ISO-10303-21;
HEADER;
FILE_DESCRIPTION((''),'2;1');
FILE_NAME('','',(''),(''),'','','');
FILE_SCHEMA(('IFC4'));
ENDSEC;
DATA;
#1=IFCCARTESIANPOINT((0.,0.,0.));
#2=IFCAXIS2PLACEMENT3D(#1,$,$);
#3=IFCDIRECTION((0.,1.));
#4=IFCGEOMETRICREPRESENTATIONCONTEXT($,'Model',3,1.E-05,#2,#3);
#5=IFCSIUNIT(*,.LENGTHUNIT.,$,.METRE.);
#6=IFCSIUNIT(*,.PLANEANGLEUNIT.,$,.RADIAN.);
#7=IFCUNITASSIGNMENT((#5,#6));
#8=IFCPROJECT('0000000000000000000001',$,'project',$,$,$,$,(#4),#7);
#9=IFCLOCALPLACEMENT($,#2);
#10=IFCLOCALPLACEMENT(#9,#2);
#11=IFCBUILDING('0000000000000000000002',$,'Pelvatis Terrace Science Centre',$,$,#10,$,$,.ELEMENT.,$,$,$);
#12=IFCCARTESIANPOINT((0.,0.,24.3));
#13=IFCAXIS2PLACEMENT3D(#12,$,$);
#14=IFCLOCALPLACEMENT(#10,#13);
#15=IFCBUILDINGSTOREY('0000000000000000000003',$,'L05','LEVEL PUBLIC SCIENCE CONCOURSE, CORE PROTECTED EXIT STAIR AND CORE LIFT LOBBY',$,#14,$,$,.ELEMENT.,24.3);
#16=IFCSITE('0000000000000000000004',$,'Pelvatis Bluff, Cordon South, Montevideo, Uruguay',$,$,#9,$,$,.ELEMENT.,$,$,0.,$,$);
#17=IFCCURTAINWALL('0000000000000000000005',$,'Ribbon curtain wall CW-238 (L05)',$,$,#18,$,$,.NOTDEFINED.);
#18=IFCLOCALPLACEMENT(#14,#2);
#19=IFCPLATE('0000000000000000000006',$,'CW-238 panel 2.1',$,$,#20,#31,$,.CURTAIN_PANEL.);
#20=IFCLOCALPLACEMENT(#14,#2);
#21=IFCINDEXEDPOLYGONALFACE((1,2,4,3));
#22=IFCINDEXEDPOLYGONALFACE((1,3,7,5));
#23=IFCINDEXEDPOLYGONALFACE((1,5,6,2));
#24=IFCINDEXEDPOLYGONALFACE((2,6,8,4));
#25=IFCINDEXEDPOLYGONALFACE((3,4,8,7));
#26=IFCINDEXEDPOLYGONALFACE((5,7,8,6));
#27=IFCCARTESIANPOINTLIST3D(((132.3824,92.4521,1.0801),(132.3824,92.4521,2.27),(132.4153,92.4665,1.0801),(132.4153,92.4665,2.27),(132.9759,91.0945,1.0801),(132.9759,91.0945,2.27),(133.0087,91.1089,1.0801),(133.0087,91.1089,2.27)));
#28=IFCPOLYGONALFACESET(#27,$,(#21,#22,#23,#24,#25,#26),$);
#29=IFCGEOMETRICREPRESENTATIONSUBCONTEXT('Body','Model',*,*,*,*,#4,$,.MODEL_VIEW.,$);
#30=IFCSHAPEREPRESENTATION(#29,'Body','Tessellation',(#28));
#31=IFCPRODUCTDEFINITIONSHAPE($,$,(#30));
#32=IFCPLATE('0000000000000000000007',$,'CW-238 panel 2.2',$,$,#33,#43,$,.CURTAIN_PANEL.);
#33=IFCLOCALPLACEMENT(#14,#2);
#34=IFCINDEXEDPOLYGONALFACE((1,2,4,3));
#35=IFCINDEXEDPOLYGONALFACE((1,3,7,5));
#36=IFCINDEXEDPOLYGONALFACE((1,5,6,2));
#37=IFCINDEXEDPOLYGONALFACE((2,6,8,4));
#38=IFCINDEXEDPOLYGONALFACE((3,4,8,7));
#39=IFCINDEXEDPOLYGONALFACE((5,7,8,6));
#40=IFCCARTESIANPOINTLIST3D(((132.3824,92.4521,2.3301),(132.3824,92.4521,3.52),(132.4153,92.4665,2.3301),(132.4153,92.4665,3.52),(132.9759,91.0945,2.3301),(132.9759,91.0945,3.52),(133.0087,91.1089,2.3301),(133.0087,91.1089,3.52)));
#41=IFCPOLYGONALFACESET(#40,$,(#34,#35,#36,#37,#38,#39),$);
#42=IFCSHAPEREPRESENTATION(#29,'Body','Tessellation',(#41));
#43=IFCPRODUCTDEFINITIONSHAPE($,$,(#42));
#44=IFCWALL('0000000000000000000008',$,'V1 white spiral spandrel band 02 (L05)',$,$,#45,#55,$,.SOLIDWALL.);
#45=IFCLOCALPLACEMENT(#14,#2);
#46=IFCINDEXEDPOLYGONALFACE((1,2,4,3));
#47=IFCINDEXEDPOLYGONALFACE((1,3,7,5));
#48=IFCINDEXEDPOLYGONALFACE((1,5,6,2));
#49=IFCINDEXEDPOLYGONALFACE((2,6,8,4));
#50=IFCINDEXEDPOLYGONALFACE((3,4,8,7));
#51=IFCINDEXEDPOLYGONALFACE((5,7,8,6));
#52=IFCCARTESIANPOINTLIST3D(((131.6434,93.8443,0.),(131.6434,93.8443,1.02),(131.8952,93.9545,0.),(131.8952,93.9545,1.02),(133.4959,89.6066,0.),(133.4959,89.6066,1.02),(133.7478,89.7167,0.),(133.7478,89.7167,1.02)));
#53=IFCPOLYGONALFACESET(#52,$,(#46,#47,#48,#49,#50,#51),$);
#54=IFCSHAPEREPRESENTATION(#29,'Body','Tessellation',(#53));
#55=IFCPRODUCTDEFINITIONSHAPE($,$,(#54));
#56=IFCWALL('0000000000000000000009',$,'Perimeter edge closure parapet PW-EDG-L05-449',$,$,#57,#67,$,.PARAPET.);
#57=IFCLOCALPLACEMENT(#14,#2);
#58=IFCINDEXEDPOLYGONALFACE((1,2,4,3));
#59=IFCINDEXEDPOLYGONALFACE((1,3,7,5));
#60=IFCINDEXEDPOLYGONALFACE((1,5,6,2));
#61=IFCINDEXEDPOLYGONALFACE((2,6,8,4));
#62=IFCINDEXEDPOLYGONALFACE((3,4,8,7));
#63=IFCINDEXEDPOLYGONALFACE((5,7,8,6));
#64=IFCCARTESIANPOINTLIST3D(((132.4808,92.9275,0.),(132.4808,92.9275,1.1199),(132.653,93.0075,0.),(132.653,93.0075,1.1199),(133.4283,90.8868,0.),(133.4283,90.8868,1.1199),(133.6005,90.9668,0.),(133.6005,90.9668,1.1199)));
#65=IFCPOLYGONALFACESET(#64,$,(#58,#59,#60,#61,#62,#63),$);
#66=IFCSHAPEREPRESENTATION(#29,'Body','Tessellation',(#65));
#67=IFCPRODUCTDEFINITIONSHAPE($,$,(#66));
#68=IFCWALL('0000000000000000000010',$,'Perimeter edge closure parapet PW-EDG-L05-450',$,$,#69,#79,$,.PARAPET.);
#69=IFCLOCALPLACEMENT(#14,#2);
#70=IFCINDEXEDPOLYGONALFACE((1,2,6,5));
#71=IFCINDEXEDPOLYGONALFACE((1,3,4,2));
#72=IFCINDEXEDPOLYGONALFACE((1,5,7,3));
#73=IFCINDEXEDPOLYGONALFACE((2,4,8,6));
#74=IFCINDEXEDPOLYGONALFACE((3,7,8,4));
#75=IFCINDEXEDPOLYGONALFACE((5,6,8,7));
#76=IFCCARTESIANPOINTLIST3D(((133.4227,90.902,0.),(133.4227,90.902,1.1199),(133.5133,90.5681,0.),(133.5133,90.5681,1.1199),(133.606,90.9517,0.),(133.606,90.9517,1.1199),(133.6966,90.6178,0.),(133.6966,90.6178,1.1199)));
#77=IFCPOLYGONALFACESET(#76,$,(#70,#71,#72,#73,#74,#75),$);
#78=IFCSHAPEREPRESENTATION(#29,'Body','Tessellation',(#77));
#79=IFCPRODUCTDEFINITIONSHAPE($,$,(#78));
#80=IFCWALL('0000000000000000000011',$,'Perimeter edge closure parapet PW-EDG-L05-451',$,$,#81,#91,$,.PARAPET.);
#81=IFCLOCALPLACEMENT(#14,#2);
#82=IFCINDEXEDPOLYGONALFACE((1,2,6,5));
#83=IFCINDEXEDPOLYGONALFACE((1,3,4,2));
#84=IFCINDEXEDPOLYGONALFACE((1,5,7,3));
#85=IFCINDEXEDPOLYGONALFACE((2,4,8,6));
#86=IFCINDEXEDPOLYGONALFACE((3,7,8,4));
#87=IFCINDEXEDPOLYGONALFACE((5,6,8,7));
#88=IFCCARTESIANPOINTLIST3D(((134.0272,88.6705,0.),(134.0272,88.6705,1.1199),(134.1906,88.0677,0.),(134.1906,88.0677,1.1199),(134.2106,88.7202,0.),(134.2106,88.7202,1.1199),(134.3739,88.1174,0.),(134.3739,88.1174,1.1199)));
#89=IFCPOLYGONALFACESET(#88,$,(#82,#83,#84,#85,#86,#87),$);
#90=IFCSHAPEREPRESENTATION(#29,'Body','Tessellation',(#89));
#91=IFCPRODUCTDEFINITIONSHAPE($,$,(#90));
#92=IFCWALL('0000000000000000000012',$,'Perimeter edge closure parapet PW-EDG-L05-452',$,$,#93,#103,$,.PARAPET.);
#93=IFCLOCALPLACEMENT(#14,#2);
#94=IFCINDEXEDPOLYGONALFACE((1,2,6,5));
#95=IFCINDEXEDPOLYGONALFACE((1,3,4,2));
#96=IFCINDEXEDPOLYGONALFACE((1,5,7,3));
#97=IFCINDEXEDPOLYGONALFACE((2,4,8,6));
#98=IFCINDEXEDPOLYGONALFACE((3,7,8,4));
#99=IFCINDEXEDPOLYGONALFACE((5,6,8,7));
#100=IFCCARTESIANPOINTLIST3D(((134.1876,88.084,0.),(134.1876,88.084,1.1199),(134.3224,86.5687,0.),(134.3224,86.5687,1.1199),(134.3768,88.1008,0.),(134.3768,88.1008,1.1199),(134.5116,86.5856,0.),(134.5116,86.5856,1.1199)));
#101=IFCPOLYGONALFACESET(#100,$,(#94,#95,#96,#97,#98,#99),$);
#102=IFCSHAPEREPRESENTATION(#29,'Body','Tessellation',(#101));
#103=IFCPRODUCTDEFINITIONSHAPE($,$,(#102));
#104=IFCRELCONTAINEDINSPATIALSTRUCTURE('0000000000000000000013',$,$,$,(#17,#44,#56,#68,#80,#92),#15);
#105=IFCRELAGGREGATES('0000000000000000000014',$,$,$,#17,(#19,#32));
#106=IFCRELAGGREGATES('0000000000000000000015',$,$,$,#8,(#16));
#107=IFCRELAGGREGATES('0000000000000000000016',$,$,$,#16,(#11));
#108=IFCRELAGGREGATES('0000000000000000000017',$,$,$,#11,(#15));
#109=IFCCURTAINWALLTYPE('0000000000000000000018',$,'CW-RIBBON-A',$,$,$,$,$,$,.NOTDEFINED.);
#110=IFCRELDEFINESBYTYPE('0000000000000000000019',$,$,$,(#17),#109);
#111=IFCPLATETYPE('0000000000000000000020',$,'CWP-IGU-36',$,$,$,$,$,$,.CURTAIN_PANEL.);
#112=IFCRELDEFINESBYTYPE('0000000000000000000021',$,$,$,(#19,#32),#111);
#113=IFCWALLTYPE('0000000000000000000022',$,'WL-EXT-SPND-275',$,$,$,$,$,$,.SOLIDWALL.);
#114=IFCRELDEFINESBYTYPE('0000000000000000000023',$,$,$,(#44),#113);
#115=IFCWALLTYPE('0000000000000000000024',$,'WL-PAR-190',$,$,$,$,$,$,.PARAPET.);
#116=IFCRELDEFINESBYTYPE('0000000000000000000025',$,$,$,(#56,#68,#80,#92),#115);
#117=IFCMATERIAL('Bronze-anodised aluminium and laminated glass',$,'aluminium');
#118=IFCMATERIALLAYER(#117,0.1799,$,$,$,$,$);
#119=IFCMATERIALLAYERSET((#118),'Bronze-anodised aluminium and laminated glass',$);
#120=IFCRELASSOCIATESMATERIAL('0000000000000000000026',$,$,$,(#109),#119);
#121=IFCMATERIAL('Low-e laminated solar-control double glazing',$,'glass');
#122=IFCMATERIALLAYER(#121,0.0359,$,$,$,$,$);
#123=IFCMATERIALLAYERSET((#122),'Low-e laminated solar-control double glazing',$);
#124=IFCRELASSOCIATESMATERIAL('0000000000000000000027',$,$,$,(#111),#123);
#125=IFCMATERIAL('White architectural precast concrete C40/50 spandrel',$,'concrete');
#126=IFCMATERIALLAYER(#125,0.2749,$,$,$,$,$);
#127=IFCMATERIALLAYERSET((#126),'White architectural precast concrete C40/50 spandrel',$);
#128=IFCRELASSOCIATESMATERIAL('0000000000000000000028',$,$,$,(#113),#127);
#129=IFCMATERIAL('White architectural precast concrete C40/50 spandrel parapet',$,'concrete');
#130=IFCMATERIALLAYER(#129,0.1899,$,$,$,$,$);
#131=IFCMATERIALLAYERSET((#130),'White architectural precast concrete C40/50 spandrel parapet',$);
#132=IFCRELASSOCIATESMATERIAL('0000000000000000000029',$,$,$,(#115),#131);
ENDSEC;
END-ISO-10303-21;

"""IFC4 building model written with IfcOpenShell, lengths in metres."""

from ifc_helpers import new_model, si_unit, direction, frame, frame_2d, origin, origin_2d, place, context, subcontext, project, spatial, rectangle, extrude, material, layer, layer_set, type_object, element, aggregate, save


model = new_model("IFC4")

# Units and contexts
model_context = context("Model", 3, precision=1e-05, world=origin(), true_north=direction((0.0, 1.0)))
body_context = subcontext(model_context, "Body", "Model", "MODEL_VIEW")
ifc_project = project(units=[si_unit("LENGTHUNIT", "METRE"), si_unit("PLANEANGLEUNIT", "RADIAN")], contexts=[model_context])

# Site, building, storey
site_placement = place(None, origin())
site = spatial("IfcSite", under=ifc_project, at=site_placement, Name="Pelvatis Bluff, Cordon South, Montevideo, Uruguay", CompositionType="ELEMENT", RefElevation=0.0)
building_placement = place(site_placement, origin())
building = spatial("IfcBuilding", under=site, at=building_placement, Name="Pelvatis Terrace Science Centre", CompositionType="ELEMENT")
storey_placement = place(building_placement, frame((0.0, 0.0, 24.3)))
storey = spatial("IfcBuildingStorey", under=building, at=storey_placement, Name="L05", Description="LEVEL PUBLIC SCIENCE CONCOURSE, CORE PROTECTED EXIT STAIR AND CORE LIFT LOBBY", CompositionType="ELEMENT", Elevation=24.3)

# Curtain wall
ifc_material_1 = material(Name="Bronze-anodised aluminium and laminated glass", Category="aluminium")
ifc_layer_1 = layer(ifc_material_1, 0.1799)
ifc_layer_set_1 = layer_set([ifc_layer_1], Name="Bronze-anodised aluminium and laminated glass")
curtain_wall_type = type_object("IfcCurtainWallType", Name="CW-RIBBON-A", PredefinedType="NOTDEFINED", material=ifc_layer_set_1)
curtain_wall_1_placement = place(storey_placement, origin())
curtain_wall_1 = element("IfcCurtainWall", 1, at=curtain_wall_1_placement, inside=storey, type_object=curtain_wall_type, Name="Ribbon curtain wall CW-238 (L05)", PredefinedType="NOTDEFINED")

# Plates
ifc_material_2 = material(Name="Low-e laminated solar-control double glazing", Category="glass")
ifc_layer_2 = layer(ifc_material_2, 0.0359)
ifc_layer_set_2 = layer_set([ifc_layer_2], Name="Low-e laminated solar-control double glazing")
plate_type = type_object("IfcPlateType", Name="CWP-IGU-36", PredefinedType="CURTAIN_PANEL", material=ifc_layer_set_2)
plate_1_placement = place(storey_placement, frame((132.6956, 91.7805, 1.0801), z_axis=(0.0, 0.0, 1.0), x_axis=(-0.40055, 0.916275, 0.0)))
plate_1 = element("IfcPlate", 2, at=plate_1_placement, type_object=plate_type, Name="CW-238 panel 2.1", PredefinedType="CURTAIN_PANEL", context=body_context, shape_type="SweptSolid", body=[
    extrude(rectangle(XDim=1.4817, YDim=0.0359, at=origin_2d()), origin(), (0.0, 0.0, 1.0), 1.1899),
])
plate_2_placement = place(storey_placement, frame((132.6956, 91.7805, 2.3301), z_axis=(0.0, 0.0, 1.0), x_axis=(-0.40055, 0.916275, 0.0)))
plate_2 = element("IfcPlate", 3, at=plate_2_placement, type_object=plate_type, Name="CW-238 panel 2.2", PredefinedType="CURTAIN_PANEL", context=body_context, shape_type="SweptSolid", body=[
    extrude(rectangle(XDim=1.4817, YDim=0.0359, at=origin_2d()), origin(), (0.0, 0.0, 1.0), 1.1899),
])
aggregate(curtain_wall_1, [plate_1, plate_2])

# Walls
ifc_material_3 = material(Name="White architectural precast concrete C40/50 spandrel", Category="concrete")
ifc_layer_3 = layer(ifc_material_3, 0.2749)
ifc_layer_set_3 = layer_set([ifc_layer_3], Name="White architectural precast concrete C40/50 spandrel")
wall_type_1 = type_object("IfcWallType", Name="WL-EXT-SPND-275", PredefinedType="SOLIDWALL", material=ifc_layer_set_3)
wall_1_placement = place(storey_placement, frame((133.6218, 89.6616, 0.0), z_axis=(0.0, 0.0, 1.0), x_axis=(-0.400547, 0.916276, 0.0)))
element("IfcWall", 4, at=wall_1_placement, inside=storey, type_object=wall_type_1, Name="V1 white spiral spandrel band 02 (L05)", PredefinedType="SOLIDWALL", context=body_context, shape_type="SweptSolid", body=[
    extrude(rectangle(XDim=4.625, YDim=0.2749, at=frame_2d((2.3125, 0.0))), origin(), (0.0, 0.0, 1.0), 1.02),
])
ifc_material_4 = material(Name="White architectural precast concrete C40/50 spandrel parapet", Category="concrete")
ifc_layer_4 = layer(ifc_material_4, 0.1899)
ifc_layer_set_4 = layer_set([ifc_layer_4], Name="White architectural precast concrete C40/50 spandrel parapet")
wall_type_2 = type_object("IfcWallType", Name="WL-PAR-190", PredefinedType="PARAPET", material=ifc_layer_set_4)
wall_2_placement = place(storey_placement, frame((132.5669, 92.9675, 0.0), z_axis=(0.0, 0.0, 1.0), x_axis=(0.421114, -0.907007, 0.0)))
element("IfcWall", 5, at=wall_2_placement, inside=storey, type_object=wall_type_2, Name="Perimeter edge closure parapet PW-EDG-L05-449", PredefinedType="PARAPET", context=body_context, shape_type="SweptSolid", body=[
    extrude(rectangle(XDim=2.25, YDim=0.1899, at=frame_2d((1.125, 0.0))), origin(), (0.0, 0.0, 1.0), 1.1199),
])
wall_3_placement = place(storey_placement, frame((133.5144, 90.9268, 0.0), z_axis=(0.0, 0.0, 1.0), x_axis=(0.261744, -0.965137, 0.0)))
element("IfcWall", 6, at=wall_3_placement, inside=storey, type_object=wall_type_2, Name="Perimeter edge closure parapet PW-EDG-L05-450", PredefinedType="PARAPET", context=body_context, shape_type="SweptSolid", body=[
    extrude(rectangle(XDim=0.3459, YDim=0.1899, at=frame_2d((0.1729, 0.0))), origin(), (0.0, 0.0, 1.0), 1.1199),
])
wall_4_placement = place(storey_placement, frame((134.1189, 88.6953, 0.0), z_axis=(0.0, 0.0, 1.0), x_axis=(0.261529, -0.965196, 0.0)))
element("IfcWall", 7, at=wall_4_placement, inside=storey, type_object=wall_type_2, Name="Perimeter edge closure parapet PW-EDG-L05-451", PredefinedType="PARAPET", context=body_context, shape_type="SweptSolid", body=[
    extrude(rectangle(XDim=0.6245, YDim=0.1899, at=frame_2d((0.3123, 0.0))), origin(), (0.0, 0.0, 1.0), 1.1199),
])
wall_5_placement = place(storey_placement, frame((134.2822, 88.0925, 0.0), z_axis=(0.0, 0.0, 1.0), x_axis=(0.088596, -0.996068, 0.0)))
element("IfcWall", 8, at=wall_5_placement, inside=storey, type_object=wall_type_2, Name="Perimeter edge closure parapet PW-EDG-L05-452", PredefinedType="PARAPET", context=body_context, shape_type="SweptSolid", body=[
    extrude(rectangle(XDim=1.5212, YDim=0.1899, at=frame_2d((0.7607, 0.0))), origin(), (0.0, 0.0, 1.0), 1.1199),
])

save(model, "model.ifc")
